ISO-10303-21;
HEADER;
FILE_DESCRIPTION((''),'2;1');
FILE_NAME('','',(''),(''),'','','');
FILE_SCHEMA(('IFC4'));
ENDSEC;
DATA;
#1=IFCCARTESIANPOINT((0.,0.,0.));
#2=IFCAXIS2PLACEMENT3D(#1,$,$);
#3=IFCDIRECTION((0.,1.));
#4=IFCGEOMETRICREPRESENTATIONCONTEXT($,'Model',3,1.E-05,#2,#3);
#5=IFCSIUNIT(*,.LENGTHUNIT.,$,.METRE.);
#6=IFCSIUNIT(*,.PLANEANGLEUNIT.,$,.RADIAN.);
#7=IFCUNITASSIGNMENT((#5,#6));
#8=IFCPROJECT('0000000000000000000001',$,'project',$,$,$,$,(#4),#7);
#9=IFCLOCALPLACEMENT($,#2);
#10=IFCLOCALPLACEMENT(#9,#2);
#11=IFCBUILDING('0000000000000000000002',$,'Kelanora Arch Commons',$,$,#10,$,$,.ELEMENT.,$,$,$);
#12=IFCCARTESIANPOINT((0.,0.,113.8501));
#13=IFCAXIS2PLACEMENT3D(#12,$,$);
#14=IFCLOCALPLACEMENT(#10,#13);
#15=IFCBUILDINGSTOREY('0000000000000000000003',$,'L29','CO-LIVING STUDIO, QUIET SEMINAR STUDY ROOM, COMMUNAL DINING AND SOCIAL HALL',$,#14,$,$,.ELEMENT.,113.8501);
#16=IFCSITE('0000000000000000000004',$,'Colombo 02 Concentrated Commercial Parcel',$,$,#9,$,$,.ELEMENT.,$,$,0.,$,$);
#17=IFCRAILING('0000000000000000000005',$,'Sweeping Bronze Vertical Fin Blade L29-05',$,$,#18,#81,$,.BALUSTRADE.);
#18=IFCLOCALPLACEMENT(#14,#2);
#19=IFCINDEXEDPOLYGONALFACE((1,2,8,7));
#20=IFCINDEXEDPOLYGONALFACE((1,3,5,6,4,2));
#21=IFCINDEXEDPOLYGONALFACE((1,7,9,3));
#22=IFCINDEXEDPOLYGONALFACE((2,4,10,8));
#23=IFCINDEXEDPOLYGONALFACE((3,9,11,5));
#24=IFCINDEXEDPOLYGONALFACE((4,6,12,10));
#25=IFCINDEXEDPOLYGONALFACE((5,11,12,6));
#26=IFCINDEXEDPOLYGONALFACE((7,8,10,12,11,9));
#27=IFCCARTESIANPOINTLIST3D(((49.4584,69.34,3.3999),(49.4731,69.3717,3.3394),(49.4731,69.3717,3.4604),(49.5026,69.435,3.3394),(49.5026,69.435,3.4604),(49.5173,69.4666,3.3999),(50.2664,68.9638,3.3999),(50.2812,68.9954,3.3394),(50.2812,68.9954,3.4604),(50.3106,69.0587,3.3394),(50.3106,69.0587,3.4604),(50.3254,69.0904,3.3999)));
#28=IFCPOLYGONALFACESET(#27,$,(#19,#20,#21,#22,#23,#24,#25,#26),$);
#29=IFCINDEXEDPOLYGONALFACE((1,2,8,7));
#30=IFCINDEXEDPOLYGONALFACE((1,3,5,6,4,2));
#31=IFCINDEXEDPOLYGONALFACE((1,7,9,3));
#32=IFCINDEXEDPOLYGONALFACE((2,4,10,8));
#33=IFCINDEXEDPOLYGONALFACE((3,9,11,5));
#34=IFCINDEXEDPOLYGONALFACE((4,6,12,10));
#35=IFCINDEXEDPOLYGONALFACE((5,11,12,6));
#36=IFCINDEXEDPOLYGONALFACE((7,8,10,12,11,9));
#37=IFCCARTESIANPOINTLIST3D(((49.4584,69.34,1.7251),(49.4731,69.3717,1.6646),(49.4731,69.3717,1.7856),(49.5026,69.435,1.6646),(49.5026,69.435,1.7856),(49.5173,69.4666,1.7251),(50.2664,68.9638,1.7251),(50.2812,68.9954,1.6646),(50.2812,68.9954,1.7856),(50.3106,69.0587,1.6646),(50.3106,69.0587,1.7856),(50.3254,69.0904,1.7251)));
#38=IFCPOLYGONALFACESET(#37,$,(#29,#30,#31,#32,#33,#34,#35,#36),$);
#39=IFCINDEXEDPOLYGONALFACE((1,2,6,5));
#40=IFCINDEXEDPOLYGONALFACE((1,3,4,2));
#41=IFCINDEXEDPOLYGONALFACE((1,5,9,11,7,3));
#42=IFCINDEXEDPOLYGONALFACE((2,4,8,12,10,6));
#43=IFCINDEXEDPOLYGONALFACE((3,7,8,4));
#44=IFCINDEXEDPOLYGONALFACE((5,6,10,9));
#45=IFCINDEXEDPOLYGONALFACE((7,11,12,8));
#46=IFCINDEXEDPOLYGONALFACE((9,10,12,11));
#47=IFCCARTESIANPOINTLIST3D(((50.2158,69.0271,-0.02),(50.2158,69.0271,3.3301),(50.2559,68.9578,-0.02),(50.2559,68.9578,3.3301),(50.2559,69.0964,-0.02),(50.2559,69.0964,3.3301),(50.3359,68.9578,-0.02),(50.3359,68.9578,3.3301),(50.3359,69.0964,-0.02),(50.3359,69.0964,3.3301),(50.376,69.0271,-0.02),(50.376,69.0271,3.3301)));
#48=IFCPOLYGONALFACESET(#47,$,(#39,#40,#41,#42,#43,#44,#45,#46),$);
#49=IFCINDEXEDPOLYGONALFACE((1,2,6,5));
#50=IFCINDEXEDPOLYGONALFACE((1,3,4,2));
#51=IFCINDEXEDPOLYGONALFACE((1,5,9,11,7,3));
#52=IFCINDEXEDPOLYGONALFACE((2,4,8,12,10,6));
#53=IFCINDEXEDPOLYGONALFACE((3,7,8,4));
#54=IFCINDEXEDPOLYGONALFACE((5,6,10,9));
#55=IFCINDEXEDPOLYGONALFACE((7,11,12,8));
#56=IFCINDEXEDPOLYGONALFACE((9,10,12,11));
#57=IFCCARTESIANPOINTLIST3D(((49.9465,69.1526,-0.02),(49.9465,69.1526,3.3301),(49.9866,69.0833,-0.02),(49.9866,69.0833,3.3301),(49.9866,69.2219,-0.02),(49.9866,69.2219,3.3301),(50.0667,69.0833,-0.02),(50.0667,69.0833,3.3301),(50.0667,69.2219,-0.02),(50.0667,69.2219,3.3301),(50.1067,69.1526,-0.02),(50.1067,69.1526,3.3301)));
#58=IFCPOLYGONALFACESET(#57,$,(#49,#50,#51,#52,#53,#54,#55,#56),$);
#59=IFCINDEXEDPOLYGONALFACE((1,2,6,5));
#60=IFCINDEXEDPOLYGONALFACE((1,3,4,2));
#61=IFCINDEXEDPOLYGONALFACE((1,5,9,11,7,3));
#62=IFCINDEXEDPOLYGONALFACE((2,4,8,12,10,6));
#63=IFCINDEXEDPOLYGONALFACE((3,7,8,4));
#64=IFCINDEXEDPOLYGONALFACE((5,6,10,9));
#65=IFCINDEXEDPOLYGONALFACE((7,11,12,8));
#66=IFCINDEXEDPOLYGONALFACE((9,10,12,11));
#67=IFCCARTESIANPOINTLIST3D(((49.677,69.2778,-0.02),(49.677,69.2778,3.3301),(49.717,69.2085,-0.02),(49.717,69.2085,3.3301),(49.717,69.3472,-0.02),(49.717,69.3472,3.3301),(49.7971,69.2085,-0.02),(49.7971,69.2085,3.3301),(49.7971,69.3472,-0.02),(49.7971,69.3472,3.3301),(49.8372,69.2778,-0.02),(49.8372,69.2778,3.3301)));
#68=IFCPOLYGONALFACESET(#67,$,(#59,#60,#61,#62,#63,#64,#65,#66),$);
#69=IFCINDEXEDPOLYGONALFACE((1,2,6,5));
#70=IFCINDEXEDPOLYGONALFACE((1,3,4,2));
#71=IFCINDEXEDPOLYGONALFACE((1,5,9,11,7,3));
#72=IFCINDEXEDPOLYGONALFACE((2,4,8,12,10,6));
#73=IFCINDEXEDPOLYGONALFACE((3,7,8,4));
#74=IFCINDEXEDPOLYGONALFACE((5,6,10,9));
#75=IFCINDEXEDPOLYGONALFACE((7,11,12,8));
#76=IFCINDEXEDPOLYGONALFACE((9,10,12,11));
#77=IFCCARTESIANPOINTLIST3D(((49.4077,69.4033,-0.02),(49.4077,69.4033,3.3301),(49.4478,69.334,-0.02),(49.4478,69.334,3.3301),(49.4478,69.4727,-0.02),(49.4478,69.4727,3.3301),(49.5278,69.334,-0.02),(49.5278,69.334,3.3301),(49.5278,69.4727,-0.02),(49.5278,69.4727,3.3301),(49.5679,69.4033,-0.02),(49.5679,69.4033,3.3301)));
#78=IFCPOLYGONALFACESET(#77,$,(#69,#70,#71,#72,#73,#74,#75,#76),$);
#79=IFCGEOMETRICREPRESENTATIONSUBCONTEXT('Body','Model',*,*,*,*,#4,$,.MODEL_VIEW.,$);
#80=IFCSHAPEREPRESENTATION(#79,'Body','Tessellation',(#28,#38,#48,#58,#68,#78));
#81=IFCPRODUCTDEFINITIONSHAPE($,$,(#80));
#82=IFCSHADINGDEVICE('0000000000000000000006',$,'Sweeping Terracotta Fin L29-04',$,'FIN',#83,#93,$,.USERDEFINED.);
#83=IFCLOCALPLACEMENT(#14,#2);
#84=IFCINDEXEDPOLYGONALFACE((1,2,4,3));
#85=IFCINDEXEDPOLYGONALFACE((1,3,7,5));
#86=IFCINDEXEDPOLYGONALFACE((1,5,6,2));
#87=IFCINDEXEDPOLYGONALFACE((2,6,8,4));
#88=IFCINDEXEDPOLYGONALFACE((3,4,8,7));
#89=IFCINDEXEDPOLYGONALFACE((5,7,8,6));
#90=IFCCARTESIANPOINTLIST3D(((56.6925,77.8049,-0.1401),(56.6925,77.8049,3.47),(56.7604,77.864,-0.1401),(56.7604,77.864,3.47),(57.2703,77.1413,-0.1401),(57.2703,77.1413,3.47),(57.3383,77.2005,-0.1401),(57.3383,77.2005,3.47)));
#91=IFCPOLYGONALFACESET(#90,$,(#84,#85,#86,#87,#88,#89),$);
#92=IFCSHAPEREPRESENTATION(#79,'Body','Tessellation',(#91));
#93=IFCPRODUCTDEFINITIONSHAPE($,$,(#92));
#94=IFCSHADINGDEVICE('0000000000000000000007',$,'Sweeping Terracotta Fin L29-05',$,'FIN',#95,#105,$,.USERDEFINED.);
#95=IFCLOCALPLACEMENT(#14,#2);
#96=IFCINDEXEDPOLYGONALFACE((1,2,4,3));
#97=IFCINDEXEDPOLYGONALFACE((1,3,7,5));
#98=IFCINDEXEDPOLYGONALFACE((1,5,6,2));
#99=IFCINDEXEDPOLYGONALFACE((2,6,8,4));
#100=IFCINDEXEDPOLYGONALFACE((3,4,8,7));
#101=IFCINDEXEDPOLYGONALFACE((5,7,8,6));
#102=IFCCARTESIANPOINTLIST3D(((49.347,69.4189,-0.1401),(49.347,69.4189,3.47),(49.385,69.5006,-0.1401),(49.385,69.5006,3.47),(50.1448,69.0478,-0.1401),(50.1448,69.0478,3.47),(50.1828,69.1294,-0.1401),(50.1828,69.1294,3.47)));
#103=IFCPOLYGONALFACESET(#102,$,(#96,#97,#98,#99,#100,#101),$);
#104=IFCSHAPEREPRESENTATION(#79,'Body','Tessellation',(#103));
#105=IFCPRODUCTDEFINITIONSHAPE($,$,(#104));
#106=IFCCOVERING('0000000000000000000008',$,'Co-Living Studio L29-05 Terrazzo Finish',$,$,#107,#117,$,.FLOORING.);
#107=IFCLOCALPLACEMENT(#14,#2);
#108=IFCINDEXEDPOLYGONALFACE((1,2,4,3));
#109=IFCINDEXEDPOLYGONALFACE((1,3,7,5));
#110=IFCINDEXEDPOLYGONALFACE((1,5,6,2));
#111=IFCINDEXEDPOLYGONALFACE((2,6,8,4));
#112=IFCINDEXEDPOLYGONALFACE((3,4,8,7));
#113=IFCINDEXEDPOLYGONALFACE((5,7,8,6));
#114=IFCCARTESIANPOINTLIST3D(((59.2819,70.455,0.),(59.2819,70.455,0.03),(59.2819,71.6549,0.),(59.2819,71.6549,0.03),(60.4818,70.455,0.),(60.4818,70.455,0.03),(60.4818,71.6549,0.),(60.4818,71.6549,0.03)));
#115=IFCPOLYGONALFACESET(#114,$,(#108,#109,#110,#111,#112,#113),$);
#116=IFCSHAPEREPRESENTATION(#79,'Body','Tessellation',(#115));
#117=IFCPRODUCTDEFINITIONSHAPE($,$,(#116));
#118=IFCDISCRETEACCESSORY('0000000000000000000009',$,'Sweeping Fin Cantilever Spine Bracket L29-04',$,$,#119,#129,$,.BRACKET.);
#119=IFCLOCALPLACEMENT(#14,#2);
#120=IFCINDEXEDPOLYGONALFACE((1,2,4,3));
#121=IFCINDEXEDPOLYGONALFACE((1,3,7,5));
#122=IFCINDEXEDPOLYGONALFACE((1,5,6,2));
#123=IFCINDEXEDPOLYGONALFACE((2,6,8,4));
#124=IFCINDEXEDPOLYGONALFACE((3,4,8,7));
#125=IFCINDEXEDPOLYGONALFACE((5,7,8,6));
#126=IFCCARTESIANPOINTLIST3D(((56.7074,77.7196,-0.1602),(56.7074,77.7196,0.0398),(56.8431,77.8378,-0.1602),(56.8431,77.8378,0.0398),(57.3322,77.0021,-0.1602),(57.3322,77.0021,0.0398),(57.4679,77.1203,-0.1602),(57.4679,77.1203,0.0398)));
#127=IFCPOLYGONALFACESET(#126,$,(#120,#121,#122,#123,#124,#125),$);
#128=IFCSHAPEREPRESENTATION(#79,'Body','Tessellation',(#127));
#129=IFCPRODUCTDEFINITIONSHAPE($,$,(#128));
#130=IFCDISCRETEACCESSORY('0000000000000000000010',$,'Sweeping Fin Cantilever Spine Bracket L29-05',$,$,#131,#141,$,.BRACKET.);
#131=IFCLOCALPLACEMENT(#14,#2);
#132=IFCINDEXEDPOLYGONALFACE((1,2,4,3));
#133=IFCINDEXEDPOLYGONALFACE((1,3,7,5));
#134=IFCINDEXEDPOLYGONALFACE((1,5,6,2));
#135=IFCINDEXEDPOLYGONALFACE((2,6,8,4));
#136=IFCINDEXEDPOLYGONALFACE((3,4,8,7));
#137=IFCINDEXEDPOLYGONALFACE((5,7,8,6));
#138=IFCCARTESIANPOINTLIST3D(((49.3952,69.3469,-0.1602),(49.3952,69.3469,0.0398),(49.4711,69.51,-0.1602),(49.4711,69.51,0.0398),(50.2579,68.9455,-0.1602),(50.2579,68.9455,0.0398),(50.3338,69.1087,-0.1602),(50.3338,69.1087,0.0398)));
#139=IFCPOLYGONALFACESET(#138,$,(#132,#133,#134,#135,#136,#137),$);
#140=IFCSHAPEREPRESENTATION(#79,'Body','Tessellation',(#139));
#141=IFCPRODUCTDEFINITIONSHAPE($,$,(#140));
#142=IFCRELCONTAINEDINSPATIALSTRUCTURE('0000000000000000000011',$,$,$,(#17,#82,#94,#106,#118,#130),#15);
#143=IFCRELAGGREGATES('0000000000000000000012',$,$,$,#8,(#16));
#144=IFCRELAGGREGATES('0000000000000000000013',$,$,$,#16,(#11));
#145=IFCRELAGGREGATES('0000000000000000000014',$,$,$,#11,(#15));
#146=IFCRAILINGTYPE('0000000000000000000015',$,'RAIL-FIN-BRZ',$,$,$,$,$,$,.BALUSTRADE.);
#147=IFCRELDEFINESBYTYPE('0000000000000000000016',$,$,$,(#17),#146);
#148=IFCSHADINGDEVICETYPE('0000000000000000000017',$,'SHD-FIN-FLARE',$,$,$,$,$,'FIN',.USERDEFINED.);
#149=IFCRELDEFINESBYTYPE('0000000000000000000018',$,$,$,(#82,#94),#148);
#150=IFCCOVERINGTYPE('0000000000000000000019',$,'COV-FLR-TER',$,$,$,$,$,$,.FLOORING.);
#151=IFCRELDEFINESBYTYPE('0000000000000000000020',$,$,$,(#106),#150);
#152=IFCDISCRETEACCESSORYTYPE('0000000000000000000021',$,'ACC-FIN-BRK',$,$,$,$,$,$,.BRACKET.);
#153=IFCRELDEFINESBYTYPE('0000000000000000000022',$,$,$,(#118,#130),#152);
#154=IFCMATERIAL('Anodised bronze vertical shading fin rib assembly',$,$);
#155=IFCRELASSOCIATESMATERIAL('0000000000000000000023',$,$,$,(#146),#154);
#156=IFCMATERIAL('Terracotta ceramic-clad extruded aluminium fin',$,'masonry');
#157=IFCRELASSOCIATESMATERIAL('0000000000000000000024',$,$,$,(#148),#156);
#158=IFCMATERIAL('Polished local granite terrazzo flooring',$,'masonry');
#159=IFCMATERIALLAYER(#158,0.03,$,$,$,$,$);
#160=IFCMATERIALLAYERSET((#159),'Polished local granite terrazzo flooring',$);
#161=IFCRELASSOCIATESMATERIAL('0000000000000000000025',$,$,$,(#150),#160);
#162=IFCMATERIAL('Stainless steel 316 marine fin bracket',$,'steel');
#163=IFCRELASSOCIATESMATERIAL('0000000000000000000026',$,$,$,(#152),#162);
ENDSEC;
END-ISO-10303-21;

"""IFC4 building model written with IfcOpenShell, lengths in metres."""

from ifc_helpers import new_model, si_unit, direction, frame, origin, origin_2d, place, context, subcontext, project, spatial, polyline, rectangle, outline, extrude, source, transform, mapped, material, layer, layer_set, type_object, element, save


model = new_model("IFC4")

# Units and contexts
model_context = context("Model", 3, precision=1e-05, world=origin(), true_north=direction((0.0, 1.0)))
body_context = subcontext(model_context, "Body", "Model", "MODEL_VIEW")
ifc_project = project(units=[si_unit("LENGTHUNIT", "METRE"), si_unit("PLANEANGLEUNIT", "RADIAN")], contexts=[model_context])

# Site, building, storey
site_placement = place(None, origin())
site = spatial("IfcSite", under=ifc_project, at=site_placement, Name="Colombo 02 Concentrated Commercial Parcel", CompositionType="ELEMENT", RefElevation=0.0)
building_placement = place(site_placement, origin())
building = spatial("IfcBuilding", under=site, at=building_placement, Name="Kelanora Arch Commons", CompositionType="ELEMENT")
storey_placement = place(building_placement, frame((0.0, 0.0, 113.8501)))
storey = spatial("IfcBuildingStorey", under=building, at=storey_placement, Name="L29", Description="CO-LIVING STUDIO, QUIET SEMINAR STUDY ROOM, COMMUNAL DINING AND SOCIAL HALL", CompositionType="ELEMENT", Elevation=113.8501)

# Railing
ifc_material_1 = material(Name="Anodised bronze vertical shading fin rib assembly")
railing_type = type_object("IfcRailingType", Name="RAIL-FIN-BRZ", PredefinedType="BALUSTRADE", material=ifc_material_1)
railing_1_placement = place(storey_placement, frame((50.2959, 69.0271, -0.02)))
element("IfcRailing", 1, at=railing_1_placement, inside=storey, type_object=railing_type, Name="Sweeping Bronze Vertical Fin Blade L29-05", PredefinedType="BALUSTRADE", context=body_context, shape_type="SweptSolid", body=[
    extrude(outline(polyline([(0.0698, 0.0), (0.0349, 0.0605), (-0.0349, 0.0605), (-0.0698, 0.0), (-0.0349, -0.0605), (0.0349, -0.0605), (0.0698, 0.0)])), frame((0.0, 0.0, 3.4199), z_axis=(-0.906568, 0.422061, 0.0), x_axis=(-0.422061, -0.906568, 0.0)), (0.0, 0.0, 1.0), 0.8914),
    extrude(outline(polyline([(0.0698, 0.0), (0.0349, 0.0605), (-0.0349, 0.0605), (-0.0698, 0.0), (-0.0349, -0.0605), (0.0349, -0.0605), (0.0698, 0.0)])), frame((0.0, 0.0, 1.7451), z_axis=(-0.906568, 0.422061, 0.0), x_axis=(-0.422061, -0.906568, 0.0)), (0.0, 0.0, 1.0), 0.8914),
    extrude(outline(polyline([(0.0801, 0.0), (0.04, 0.0693), (-0.04, 0.0693), (-0.0801, 0.0), (-0.04, -0.0693), (0.04, -0.0693), (0.0801, 0.0)])), origin(), (0.0, 0.0, 1.0), 3.3501),
    extrude(outline(polyline([(0.0801, 0.0), (0.04, 0.0693), (-0.04, 0.0693), (-0.0801, 0.0), (-0.04, -0.0693), (0.04, -0.0693), (0.0801, 0.0)])), frame((-0.2693, 0.1255, 0.0)), (0.0, 0.0, 1.0), 3.3501),
    extrude(outline(polyline([(0.0801, 0.0), (0.04, 0.0693), (-0.04, 0.0693), (-0.0801, 0.0), (-0.04, -0.0693), (0.04, -0.0693), (0.0801, 0.0)])), frame((-0.5388, 0.2507, 0.0)), (0.0, 0.0, 1.0), 3.3501),
    extrude(outline(polyline([(0.0801, 0.0), (0.04, 0.0693), (-0.04, 0.0693), (-0.0801, 0.0), (-0.04, -0.0693), (0.04, -0.0693), (0.0801, 0.0)])), frame((-0.8081, 0.3762, 0.0)), (0.0, 0.0, 1.0), 3.3501),
])

# Shading devices
ifc_material_2 = material(Name="Terracotta ceramic-clad extruded aluminium fin", Category="masonry")
shading_device_type = type_object("IfcShadingDeviceType", Name="SHD-FIN-FLARE", ElementType="FIN", PredefinedType="USERDEFINED", material=ifc_material_2)
shared_shape_1 = source(origin(), body_context, "Body", "SweptSolid", [
    extrude(rectangle(XDim=0.8799, YDim=0.0901, at=origin_2d()), origin(), (0.0, 0.0, 1.0), 3.6101),
])
for number, where, z_axis, x_axis, name in (
    (2, (57.0154, 77.5027, -0.1401), (0.0, 0.0, 1.0), (-0.656717, 0.754137, 0.0), "Sweeping Terracotta Fin L29-04"),
    (3, (49.7649, 69.2742, -0.1401), (0.0, 0.0, 1.0), (-0.906676, 0.421827, 0.0), "Sweeping Terracotta Fin L29-05"),
):
    element("IfcShadingDevice", number, at=place(storey_placement, frame(where, z_axis=z_axis, x_axis=x_axis)), inside=storey, type_object=shading_device_type, Name=name, ObjectType="FIN", PredefinedType="USERDEFINED", context=body_context, shape_type="MappedRepresentation", body=[
        mapped(shared_shape_1, transform((0.0, 0.0, 0.0), scale=1.0)),
    ])

# Covering
ifc_material_3 = material(Name="Polished local granite terrazzo flooring", Category="masonry")
ifc_layer_1 = layer(ifc_material_3, 0.03)
ifc_layer_set_1 = layer_set([ifc_layer_1], Name="Polished local granite terrazzo flooring")
covering_type = type_object("IfcCoveringType", Name="COV-FLR-TER", PredefinedType="FLOORING", material=ifc_layer_set_1)
shared_shape_2 = source(origin(), body_context, "Body", "SweptSolid", [
    extrude(rectangle(XDim=1.2, YDim=1.2, at=origin_2d()), origin(), (0.0, 0.0, 1.0), 0.03),
])
covering_placement = place(storey_placement, frame((59.8818, 71.0549, 0.0), z_axis=(0.0, 0.0, 1.0), x_axis=(1.0, 0.0, 0.0)))
element("IfcCovering", 4, at=covering_placement, inside=storey, type_object=covering_type, Name="Co-Living Studio L29-05 Terrazzo Finish", PredefinedType="FLOORING", context=body_context, shape_type="MappedRepresentation", body=[
    mapped(shared_shape_2, transform((0.0, 0.0, 0.0), scale=1.0)),
])

# Discrete accessories
ifc_material_4 = material(Name="Stainless steel 316 marine fin bracket", Category="steel")
discrete_accessory_type = type_object("IfcDiscreteAccessoryType", Name="ACC-FIN-BRK", PredefinedType="BRACKET", material=ifc_material_4)
shared_shape_3 = source(origin(), body_context, "Body", "SweptSolid", [
    extrude(rectangle(XDim=0.9514, YDim=0.1799, at=origin_2d()), origin(), (0.0, 0.0, 1.0), 0.2),
])
for number, where, z_axis, x_axis, name in (
    (5, (57.0876, 77.4199, -0.1602), (0.0, 0.0, 1.0), (-0.656717, 0.754137, 0.0), "Sweeping Fin Cantilever Spine Bracket L29-04"),
    (6, (49.8645, 69.2278, -0.1602), (0.0, 0.0, 1.0), (-0.906676, 0.421827, 0.0), "Sweeping Fin Cantilever Spine Bracket L29-05"),
):
    element("IfcDiscreteAccessory", number, at=place(storey_placement, frame(where, z_axis=z_axis, x_axis=x_axis)), inside=storey, type_object=discrete_accessory_type, Name=name, PredefinedType="BRACKET", context=body_context, shape_type="MappedRepresentation", body=[
        mapped(shared_shape_3, transform((0.0, 0.0, 0.0), scale=1.0)),
    ])

save(model, "model.ifc")
